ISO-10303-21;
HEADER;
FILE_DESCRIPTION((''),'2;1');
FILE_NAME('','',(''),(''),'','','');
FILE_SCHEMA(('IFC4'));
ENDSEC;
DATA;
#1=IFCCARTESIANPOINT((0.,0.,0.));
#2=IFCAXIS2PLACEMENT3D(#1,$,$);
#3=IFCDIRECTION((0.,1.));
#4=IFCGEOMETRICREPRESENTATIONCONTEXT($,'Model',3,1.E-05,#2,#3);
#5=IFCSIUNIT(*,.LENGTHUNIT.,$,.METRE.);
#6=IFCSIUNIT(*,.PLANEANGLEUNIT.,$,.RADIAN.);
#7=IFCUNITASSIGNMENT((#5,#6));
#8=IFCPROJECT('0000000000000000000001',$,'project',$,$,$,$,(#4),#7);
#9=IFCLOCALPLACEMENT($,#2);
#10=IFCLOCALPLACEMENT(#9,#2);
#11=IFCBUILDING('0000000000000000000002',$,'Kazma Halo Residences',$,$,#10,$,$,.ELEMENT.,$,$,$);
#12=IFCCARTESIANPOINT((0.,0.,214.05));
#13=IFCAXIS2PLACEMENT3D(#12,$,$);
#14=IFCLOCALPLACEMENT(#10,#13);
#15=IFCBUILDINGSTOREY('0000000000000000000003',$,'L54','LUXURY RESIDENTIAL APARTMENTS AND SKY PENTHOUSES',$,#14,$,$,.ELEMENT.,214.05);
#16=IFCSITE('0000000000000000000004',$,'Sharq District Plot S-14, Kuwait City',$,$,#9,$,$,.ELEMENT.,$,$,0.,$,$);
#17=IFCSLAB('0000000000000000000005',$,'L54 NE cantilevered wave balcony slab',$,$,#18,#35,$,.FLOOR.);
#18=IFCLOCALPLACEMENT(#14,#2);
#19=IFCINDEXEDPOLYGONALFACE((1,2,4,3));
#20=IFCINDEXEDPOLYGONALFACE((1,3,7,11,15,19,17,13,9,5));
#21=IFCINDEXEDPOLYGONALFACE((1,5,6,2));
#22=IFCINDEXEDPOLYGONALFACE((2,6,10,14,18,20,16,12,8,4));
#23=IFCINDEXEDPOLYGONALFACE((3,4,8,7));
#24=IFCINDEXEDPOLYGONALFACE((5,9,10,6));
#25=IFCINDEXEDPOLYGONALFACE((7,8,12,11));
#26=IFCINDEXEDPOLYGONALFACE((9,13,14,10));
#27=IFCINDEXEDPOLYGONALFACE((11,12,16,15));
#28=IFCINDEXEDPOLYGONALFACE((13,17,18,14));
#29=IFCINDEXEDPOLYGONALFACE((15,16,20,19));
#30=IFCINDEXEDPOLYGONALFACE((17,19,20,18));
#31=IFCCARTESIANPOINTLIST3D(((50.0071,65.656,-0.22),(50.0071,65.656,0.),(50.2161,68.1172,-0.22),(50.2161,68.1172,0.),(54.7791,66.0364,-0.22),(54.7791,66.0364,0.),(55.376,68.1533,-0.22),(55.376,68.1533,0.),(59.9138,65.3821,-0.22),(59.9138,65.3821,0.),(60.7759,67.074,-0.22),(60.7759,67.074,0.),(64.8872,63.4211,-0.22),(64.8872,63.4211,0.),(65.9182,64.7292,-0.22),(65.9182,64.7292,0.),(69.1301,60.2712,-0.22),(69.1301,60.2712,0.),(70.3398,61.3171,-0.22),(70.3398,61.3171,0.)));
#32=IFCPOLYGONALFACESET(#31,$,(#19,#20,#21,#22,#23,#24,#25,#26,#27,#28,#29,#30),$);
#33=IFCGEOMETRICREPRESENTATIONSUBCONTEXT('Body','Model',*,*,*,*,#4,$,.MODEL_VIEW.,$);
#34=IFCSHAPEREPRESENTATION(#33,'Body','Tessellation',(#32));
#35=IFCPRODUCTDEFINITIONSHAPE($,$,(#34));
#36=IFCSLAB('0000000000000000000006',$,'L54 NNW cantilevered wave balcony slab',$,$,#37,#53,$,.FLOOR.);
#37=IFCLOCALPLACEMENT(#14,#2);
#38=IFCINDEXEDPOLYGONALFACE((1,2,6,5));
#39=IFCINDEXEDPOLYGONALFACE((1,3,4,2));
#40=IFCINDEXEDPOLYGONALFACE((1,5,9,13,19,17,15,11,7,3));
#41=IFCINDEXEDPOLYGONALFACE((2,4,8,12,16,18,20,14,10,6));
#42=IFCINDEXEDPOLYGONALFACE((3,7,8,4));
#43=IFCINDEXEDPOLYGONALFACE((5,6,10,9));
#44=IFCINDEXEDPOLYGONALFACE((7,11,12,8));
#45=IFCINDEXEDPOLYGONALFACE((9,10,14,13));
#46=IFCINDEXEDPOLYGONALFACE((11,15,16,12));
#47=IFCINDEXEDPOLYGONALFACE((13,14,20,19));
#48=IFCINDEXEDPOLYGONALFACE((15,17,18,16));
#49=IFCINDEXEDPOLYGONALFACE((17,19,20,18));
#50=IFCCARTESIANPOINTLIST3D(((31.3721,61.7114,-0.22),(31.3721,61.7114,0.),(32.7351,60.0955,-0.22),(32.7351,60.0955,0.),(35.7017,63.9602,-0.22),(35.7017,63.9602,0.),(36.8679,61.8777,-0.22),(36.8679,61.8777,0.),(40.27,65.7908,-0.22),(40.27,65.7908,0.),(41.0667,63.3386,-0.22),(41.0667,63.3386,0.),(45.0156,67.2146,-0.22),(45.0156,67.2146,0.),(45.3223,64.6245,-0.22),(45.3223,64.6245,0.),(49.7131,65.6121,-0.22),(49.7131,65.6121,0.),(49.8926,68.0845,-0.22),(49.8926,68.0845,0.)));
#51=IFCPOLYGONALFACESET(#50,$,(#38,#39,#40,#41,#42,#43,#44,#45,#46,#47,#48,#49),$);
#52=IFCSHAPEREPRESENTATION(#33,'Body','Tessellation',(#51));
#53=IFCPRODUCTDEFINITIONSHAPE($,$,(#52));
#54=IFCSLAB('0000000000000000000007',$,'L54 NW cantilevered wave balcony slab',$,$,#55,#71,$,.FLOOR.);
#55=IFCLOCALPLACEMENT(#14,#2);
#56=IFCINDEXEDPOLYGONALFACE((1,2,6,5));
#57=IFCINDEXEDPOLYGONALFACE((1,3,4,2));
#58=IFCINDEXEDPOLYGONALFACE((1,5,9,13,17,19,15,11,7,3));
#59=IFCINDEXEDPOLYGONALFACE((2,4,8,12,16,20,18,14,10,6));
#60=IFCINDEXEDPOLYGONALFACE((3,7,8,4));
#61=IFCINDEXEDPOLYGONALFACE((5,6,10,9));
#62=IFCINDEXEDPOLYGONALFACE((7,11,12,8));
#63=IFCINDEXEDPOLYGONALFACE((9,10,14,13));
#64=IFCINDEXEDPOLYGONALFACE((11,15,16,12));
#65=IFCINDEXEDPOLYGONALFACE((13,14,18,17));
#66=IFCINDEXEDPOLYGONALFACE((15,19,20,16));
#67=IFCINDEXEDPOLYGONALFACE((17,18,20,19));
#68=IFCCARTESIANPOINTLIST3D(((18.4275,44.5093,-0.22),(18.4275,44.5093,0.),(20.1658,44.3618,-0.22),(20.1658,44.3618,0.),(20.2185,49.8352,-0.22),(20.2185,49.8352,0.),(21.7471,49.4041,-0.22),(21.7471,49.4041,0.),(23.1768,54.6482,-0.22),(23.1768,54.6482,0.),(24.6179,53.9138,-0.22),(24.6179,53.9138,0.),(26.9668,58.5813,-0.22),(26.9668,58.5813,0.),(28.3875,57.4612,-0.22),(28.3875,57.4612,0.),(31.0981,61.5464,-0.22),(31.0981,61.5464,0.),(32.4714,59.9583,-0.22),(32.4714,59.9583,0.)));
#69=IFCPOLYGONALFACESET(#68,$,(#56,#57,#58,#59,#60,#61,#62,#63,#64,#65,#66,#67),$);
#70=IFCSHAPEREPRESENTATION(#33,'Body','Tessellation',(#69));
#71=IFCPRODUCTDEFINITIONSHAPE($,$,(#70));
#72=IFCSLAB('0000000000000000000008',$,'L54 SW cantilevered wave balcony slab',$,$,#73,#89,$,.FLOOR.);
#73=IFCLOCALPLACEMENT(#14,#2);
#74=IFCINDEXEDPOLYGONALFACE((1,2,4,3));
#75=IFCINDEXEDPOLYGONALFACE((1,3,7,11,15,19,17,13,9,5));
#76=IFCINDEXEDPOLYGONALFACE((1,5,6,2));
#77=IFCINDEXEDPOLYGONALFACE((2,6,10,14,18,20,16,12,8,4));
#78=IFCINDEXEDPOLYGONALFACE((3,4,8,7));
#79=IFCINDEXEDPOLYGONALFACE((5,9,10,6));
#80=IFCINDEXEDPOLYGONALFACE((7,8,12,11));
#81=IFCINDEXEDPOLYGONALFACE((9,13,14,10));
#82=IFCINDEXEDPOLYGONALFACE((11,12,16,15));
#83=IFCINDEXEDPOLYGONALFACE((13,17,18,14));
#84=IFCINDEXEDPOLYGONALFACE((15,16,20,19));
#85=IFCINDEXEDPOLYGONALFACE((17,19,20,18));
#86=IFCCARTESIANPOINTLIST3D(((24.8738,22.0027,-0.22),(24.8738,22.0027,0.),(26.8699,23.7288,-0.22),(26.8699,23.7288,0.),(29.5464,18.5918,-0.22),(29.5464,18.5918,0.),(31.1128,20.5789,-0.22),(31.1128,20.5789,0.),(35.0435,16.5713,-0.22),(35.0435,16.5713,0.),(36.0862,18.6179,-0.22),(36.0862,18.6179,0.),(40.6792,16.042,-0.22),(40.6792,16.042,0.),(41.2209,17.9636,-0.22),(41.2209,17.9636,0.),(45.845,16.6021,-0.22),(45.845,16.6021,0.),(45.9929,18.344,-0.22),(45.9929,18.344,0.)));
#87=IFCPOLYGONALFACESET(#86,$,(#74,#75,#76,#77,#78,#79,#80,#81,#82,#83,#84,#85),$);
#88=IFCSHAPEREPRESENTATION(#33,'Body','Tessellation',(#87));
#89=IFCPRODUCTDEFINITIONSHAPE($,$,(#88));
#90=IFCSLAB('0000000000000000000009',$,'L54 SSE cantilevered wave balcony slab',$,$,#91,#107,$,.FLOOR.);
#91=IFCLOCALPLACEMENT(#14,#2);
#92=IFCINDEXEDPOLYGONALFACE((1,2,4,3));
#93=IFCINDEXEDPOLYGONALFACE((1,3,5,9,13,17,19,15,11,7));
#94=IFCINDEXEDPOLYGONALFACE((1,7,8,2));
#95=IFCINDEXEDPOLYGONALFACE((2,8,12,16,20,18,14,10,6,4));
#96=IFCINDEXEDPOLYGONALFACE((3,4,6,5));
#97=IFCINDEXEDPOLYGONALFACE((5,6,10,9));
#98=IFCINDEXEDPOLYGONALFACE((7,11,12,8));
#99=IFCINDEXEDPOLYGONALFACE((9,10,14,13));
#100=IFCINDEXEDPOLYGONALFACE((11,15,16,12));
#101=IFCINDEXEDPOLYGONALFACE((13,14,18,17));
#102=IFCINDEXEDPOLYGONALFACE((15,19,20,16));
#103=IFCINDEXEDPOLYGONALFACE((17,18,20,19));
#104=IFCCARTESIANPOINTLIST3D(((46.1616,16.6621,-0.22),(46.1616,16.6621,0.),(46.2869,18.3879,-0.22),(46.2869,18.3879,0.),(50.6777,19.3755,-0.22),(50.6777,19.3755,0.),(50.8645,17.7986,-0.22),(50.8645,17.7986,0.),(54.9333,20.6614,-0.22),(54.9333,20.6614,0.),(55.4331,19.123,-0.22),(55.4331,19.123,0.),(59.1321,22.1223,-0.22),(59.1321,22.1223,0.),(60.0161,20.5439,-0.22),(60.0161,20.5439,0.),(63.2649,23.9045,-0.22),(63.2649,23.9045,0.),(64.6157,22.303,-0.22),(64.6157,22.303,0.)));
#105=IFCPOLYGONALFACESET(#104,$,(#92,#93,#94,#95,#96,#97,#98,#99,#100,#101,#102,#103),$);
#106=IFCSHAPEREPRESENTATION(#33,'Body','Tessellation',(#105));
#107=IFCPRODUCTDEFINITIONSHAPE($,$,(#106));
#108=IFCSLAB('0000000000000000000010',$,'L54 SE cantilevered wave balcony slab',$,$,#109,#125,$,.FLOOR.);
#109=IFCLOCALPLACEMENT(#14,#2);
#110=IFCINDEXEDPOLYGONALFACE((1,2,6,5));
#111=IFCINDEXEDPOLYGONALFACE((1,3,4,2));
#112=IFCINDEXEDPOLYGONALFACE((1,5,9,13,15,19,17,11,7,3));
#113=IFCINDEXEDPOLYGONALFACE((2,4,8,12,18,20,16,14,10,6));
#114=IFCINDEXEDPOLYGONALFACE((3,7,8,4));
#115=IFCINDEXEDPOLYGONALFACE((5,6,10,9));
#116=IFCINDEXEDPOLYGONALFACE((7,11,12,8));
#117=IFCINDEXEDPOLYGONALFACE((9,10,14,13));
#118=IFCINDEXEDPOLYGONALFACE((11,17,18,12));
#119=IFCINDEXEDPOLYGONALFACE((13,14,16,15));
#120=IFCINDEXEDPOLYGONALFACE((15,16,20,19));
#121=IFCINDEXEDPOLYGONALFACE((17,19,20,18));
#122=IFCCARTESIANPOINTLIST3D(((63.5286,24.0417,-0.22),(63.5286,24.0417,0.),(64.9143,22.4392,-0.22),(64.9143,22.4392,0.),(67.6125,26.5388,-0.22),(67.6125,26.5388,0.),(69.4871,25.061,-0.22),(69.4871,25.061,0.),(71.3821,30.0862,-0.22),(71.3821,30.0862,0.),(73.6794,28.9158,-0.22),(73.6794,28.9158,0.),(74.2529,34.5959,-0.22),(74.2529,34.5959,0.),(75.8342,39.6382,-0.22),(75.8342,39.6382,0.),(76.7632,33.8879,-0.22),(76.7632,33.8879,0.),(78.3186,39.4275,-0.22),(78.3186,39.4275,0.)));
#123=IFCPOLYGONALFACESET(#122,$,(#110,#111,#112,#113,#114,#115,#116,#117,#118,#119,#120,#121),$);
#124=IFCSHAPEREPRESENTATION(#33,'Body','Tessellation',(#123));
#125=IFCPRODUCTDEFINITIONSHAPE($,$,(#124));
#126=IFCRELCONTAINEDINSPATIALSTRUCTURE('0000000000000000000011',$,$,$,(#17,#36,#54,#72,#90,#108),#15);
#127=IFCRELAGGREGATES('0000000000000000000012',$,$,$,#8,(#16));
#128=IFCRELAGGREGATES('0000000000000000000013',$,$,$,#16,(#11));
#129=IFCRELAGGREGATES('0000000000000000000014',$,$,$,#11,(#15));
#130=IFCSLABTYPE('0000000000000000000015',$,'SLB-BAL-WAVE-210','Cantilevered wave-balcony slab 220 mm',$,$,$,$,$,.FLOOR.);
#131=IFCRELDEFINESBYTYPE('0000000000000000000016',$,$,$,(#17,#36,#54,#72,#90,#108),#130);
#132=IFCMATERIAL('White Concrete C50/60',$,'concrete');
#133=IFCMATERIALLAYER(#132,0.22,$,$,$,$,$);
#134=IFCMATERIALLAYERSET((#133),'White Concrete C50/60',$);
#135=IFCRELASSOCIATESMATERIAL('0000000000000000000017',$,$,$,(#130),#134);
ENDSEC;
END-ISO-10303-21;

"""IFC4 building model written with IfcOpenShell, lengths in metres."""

from ifc_helpers import new_model, si_unit, direction, frame, origin, place, context, subcontext, project, spatial, polyline, outline, extrude, material, layer, layer_set, type_object, element, save


model = new_model("IFC4")

# Units and contexts
model_context = context("Model", 3, precision=1e-05, world=origin(), true_north=direction((0.0, 1.0)))
body_context = subcontext(model_context, "Body", "Model", "MODEL_VIEW")
ifc_project = project(units=[si_unit("LENGTHUNIT", "METRE"), si_unit("PLANEANGLEUNIT", "RADIAN")], contexts=[model_context])

# Site, building, storey
site_placement = place(None, origin())
site = spatial("IfcSite", under=ifc_project, at=site_placement, Name="Sharq District Plot S-14, Kuwait City", CompositionType="ELEMENT", RefElevation=0.0)
building_placement = place(site_placement, origin())
building = spatial("IfcBuilding", under=site, at=building_placement, Name="Kazma Halo Residences", CompositionType="ELEMENT")
storey_placement = place(building_placement, frame((0.0, 0.0, 214.05)))
storey = spatial("IfcBuildingStorey", under=building, at=storey_placement, Name="L54", Description="LUXURY RESIDENTIAL APARTMENTS AND SKY PENTHOUSES", CompositionType="ELEMENT", Elevation=214.05)

# Slabs
ifc_material_1 = material(Name="White Concrete C50/60", Category="concrete")
ifc_layer_1 = layer(ifc_material_1, 0.22)
ifc_layer_set_1 = layer_set([ifc_layer_1], Name="White Concrete C50/60")
slab_type_1 = type_object("IfcSlabType", Name="SLB-BAL-WAVE-210", Description="Cantilevered wave-balcony slab 220 mm", PredefinedType="FLOOR", material=ifc_layer_set_1)
slab_1_placement = place(storey_placement, frame((0.0, 0.0, -0.22)))
element("IfcSlab", 1, at=slab_1_placement, inside=storey, type_object=slab_type_1, Name="L54 NE cantilevered wave balcony slab", PredefinedType="FLOOR", context=body_context, shape_type="SweptSolid", body=[
    extrude(outline(polyline([(69.1301, 60.2712), (64.8872, 63.4211), (59.9138, 65.3821), (54.7791, 66.0364), (50.0071, 65.656), (50.2161, 68.1172), (55.376, 68.1533), (60.7759, 67.074), (65.9182, 64.7292), (70.3398, 61.3171), (69.1301, 60.2712)])), origin(), (0.0, 0.0, 1.0), 0.22),
])
slab_2_placement = place(storey_placement, frame((0.0, 0.0, -0.22)))
element("IfcSlab", 2, at=slab_2_placement, inside=storey, type_object=slab_type_1, Name="L54 NNW cantilevered wave balcony slab", PredefinedType="FLOOR", context=body_context, shape_type="SweptSolid", body=[
    extrude(outline(polyline([(49.7131, 65.6121), (45.3223, 64.6245), (41.0667, 63.3386), (36.8679, 61.8777), (32.7351, 60.0955), (31.3721, 61.7114), (35.7017, 63.9602), (40.27, 65.7908), (45.0156, 67.2146), (49.8926, 68.0845), (49.7131, 65.6121)])), origin(), (0.0, 0.0, 1.0), 0.22),
])
slab_3_placement = place(storey_placement, frame((0.0, 0.0, -0.22)))
element("IfcSlab", 3, at=slab_3_placement, inside=storey, type_object=slab_type_1, Name="L54 NW cantilevered wave balcony slab", PredefinedType="FLOOR", context=body_context, shape_type="SweptSolid", body=[
    extrude(outline(polyline([(32.4714, 59.9583), (28.3875, 57.4612), (24.6179, 53.9138), (21.7471, 49.4041), (20.1658, 44.3618), (18.4275, 44.5093), (20.2185, 49.8352), (23.1768, 54.6482), (26.9668, 58.5813), (31.0981, 61.5464), (32.4714, 59.9583)])), origin(), (0.0, 0.0, 1.0), 0.22),
])
slab_4_placement = place(storey_placement, frame((0.0, 0.0, -0.22)))
element("IfcSlab", 4, at=slab_4_placement, inside=storey, type_object=slab_type_1, Name="L54 SW cantilevered wave balcony slab", PredefinedType="FLOOR", context=body_context, shape_type="SweptSolid", body=[
    extrude(outline(polyline([(26.8699, 23.7288), (31.1128, 20.5789), (36.0862, 18.6179), (41.2209, 17.9636), (45.9929, 18.344), (45.845, 16.6021), (40.6792, 16.042), (35.0435, 16.5713), (29.5464, 18.5918), (24.8738, 22.0027), (26.8699, 23.7288)])), origin(), (0.0, 0.0, 1.0), 0.22),
])
slab_5_placement = place(storey_placement, frame((0.0, 0.0, -0.22)))
element("IfcSlab", 5, at=slab_5_placement, inside=storey, type_object=slab_type_1, Name="L54 SSE cantilevered wave balcony slab", PredefinedType="FLOOR", context=body_context, shape_type="SweptSolid", body=[
    extrude(outline(polyline([(46.2869, 18.3879), (50.6777, 19.3755), (54.9333, 20.6614), (59.1321, 22.1223), (63.2649, 23.9045), (64.6157, 22.303), (60.0161, 20.5439), (55.4331, 19.123), (50.8645, 17.7986), (46.1616, 16.6621), (46.2869, 18.3879)])), origin(), (0.0, 0.0, 1.0), 0.22),
])
slab_6_placement = place(storey_placement, frame((0.0, 0.0, -0.22)))
element("IfcSlab", 6, at=slab_6_placement, inside=storey, type_object=slab_type_1, Name="L54 SE cantilevered wave balcony slab", PredefinedType="FLOOR", context=body_context, shape_type="SweptSolid", body=[
    extrude(outline(polyline([(63.5286, 24.0417), (67.6125, 26.5388), (71.3821, 30.0862), (74.2529, 34.5959), (75.8342, 39.6382), (78.3186, 39.4275), (76.7632, 33.8879), (73.6794, 28.9158), (69.4871, 25.061), (64.9143, 22.4392), (63.5286, 24.0417)])), origin(), (0.0, 0.0, 1.0), 0.22),
])

save(model, "model.ifc")
